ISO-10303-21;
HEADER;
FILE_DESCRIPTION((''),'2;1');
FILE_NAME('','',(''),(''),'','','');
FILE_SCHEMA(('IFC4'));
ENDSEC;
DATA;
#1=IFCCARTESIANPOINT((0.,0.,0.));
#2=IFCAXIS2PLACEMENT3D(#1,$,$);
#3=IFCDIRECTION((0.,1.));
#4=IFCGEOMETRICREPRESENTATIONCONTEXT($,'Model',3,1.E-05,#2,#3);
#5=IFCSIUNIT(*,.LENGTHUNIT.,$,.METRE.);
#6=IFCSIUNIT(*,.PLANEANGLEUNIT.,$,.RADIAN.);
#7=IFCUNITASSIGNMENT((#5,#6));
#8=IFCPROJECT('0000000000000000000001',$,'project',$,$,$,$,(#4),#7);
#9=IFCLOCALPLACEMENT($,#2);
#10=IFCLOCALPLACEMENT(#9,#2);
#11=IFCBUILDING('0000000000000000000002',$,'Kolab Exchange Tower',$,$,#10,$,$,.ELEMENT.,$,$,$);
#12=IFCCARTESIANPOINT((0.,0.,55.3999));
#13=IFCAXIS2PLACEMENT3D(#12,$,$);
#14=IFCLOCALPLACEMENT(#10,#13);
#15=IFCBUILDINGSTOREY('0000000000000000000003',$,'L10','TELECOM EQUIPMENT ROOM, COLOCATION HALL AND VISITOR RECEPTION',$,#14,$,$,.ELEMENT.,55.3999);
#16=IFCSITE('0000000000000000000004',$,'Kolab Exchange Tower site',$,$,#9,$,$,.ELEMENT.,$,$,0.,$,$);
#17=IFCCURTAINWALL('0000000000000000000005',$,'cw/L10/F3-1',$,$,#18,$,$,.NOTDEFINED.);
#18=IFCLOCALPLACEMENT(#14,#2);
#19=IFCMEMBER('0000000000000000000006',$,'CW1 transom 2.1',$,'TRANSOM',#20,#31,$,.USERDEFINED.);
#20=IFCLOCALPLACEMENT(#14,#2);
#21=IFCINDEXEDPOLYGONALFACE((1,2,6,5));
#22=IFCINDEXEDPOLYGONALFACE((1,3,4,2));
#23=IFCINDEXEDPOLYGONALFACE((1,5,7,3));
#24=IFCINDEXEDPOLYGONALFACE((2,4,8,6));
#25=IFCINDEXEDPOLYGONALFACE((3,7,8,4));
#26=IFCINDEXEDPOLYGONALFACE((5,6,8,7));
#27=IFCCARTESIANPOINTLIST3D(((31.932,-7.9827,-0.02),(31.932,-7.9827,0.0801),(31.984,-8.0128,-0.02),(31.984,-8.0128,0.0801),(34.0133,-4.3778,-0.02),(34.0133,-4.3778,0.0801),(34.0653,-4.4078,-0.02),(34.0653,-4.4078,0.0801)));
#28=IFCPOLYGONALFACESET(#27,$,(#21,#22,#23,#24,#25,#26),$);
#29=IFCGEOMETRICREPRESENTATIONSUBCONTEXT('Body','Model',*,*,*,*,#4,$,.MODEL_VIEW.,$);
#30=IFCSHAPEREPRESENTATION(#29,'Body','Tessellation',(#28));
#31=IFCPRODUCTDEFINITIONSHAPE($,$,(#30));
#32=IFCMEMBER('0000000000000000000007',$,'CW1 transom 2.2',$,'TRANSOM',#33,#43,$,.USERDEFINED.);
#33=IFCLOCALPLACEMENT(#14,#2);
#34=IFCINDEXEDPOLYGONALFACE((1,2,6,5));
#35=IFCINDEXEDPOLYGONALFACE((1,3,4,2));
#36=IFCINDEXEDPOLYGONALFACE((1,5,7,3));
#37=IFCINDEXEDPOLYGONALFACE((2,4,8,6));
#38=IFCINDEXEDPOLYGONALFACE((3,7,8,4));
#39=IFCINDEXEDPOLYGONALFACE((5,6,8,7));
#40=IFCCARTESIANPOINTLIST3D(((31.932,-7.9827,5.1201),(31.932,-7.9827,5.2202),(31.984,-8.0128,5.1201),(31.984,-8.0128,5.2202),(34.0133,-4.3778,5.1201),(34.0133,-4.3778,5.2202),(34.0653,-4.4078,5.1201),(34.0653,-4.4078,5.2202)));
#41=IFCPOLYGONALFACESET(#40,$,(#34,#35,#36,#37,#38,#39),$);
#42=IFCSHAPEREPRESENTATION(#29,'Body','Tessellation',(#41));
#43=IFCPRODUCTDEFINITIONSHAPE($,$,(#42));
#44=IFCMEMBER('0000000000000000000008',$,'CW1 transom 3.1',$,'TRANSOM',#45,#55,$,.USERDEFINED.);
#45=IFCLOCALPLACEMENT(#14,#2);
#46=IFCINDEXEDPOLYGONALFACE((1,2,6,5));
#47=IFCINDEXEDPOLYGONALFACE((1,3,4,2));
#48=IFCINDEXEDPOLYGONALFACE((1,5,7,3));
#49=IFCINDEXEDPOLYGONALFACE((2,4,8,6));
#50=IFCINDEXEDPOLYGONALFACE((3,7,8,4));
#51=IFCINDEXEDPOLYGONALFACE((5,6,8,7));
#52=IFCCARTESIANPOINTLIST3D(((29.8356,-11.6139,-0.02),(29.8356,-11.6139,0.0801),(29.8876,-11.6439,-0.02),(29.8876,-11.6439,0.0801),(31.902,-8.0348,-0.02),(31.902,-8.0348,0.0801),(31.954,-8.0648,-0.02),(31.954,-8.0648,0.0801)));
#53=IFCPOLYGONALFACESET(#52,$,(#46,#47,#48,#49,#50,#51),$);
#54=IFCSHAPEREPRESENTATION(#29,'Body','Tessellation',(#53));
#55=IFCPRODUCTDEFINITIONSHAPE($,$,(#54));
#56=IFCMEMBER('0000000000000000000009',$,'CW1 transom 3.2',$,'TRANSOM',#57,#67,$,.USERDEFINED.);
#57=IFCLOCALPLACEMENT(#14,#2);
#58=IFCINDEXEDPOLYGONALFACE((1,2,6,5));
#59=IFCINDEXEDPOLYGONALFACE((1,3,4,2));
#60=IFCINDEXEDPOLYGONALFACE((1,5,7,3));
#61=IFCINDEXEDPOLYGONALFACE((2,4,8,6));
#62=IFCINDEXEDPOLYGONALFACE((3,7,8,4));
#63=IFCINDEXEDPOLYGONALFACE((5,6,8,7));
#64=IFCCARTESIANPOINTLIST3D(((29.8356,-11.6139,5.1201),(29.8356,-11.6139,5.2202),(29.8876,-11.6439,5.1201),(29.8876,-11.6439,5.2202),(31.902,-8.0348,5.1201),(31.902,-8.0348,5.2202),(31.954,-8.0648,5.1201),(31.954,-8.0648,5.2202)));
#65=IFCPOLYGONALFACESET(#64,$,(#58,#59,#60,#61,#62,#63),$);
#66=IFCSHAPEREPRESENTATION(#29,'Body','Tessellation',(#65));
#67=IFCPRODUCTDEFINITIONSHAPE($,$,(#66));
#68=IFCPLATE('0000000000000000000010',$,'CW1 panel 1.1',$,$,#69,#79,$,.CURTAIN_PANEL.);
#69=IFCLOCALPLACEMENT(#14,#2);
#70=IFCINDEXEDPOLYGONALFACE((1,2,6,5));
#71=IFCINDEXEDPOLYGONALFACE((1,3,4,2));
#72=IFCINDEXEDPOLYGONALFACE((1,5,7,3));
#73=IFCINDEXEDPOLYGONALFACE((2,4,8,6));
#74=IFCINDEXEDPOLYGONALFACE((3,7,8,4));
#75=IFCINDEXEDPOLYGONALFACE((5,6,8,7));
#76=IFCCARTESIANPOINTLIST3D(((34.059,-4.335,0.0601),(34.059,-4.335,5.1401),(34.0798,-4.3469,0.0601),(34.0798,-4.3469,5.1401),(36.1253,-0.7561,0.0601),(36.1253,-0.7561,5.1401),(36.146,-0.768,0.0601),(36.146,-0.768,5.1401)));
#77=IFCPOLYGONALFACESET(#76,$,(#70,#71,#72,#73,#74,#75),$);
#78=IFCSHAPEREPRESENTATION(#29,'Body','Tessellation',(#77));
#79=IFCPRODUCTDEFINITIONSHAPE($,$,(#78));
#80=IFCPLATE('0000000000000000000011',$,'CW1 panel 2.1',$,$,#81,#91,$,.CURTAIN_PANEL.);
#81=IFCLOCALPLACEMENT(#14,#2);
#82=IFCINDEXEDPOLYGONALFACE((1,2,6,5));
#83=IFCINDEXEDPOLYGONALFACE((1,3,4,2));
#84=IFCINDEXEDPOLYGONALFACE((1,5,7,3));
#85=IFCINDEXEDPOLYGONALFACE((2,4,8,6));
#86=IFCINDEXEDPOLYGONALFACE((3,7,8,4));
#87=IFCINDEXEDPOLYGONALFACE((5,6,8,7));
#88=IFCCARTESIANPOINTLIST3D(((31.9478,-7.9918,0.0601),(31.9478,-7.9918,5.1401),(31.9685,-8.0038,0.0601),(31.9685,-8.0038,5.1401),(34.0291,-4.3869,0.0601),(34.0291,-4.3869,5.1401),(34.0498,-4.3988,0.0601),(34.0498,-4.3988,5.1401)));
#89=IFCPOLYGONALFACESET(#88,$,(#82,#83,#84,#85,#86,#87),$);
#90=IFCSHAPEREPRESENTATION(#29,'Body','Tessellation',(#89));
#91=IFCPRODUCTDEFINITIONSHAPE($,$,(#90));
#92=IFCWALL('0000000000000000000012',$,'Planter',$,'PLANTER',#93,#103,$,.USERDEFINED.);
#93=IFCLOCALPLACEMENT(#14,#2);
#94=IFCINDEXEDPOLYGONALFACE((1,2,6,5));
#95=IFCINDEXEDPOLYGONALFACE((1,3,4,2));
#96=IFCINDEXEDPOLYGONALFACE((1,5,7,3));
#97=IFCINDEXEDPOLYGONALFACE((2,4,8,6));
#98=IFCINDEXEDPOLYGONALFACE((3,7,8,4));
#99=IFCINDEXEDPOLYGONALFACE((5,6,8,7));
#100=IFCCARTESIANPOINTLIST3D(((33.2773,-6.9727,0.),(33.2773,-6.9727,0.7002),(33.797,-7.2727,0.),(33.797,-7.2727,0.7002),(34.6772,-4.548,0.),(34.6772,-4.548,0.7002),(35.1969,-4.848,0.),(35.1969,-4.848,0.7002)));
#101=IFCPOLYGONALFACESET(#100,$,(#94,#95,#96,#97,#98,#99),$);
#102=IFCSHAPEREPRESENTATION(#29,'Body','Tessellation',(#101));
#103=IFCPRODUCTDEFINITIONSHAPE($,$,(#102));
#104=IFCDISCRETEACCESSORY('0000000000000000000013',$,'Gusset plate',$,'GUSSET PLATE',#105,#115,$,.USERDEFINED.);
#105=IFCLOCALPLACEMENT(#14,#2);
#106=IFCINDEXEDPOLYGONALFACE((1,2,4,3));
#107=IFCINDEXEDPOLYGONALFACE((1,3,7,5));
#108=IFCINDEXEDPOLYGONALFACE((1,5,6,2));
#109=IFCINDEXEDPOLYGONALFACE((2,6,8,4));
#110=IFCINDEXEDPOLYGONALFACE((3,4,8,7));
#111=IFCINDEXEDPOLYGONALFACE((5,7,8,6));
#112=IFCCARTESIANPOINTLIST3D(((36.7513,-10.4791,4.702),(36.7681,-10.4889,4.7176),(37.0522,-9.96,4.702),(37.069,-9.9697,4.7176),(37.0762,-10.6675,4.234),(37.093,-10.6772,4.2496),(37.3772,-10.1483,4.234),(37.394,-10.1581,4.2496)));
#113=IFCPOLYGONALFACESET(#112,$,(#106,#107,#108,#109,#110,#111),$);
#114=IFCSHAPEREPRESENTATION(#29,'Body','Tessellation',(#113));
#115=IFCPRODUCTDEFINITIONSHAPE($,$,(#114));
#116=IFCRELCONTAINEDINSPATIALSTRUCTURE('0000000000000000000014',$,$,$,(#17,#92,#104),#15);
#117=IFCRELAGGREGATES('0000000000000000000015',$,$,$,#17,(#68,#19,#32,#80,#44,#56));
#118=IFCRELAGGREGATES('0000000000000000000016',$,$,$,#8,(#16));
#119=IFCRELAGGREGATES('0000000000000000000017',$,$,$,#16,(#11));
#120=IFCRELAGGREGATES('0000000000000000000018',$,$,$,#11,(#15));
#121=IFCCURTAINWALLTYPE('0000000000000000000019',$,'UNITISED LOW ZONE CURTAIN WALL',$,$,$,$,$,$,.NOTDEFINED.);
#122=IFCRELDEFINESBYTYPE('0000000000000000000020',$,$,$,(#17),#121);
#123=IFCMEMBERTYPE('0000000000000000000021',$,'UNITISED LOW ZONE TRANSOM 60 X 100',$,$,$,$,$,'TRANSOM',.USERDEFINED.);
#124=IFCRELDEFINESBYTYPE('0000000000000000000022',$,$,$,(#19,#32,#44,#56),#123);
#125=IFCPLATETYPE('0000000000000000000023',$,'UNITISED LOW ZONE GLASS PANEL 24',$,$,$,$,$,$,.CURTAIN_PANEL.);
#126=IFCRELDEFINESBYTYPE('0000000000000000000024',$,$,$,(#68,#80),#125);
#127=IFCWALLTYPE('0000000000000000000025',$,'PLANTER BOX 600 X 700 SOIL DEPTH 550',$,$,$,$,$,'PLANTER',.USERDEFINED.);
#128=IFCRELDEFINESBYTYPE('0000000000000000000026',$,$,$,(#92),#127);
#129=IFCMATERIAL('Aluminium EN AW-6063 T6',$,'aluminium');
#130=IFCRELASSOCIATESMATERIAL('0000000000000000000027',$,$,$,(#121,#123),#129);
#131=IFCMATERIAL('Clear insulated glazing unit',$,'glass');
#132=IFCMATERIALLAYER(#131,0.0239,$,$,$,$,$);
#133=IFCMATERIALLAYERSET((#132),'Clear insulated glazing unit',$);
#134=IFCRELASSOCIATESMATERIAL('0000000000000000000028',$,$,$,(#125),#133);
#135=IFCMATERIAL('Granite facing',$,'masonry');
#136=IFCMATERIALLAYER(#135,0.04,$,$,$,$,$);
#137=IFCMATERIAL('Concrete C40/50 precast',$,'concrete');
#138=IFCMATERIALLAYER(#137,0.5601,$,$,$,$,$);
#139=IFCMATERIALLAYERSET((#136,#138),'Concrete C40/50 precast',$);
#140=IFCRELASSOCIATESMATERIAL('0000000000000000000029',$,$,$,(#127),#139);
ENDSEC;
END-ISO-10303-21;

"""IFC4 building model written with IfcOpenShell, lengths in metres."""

from ifc_helpers import new_model, si_unit, direction, frame, frame_2d, origin, origin_2d, place, context, subcontext, project, spatial, rectangle, extrude, material, layer, layer_set, material_profile, profile_set, type_object, element, aggregate, save


model = new_model("IFC4")

# Units and contexts
model_context = context("Model", 3, precision=1e-05, world=origin(), true_north=direction((0.0, 1.0)))
body_context = subcontext(model_context, "Body", "Model", "MODEL_VIEW")
ifc_project = project(units=[si_unit("LENGTHUNIT", "METRE"), si_unit("PLANEANGLEUNIT", "RADIAN")], contexts=[model_context])

# Site, building, storey
site_placement = place(None, origin())
site = spatial("IfcSite", under=ifc_project, at=site_placement, Name="Kolab Exchange Tower site", CompositionType="ELEMENT", RefElevation=0.0)
building_placement = place(site_placement, origin())
building = spatial("IfcBuilding", under=site, at=building_placement, Name="Kolab Exchange Tower", CompositionType="ELEMENT")
storey_placement = place(building_placement, frame((0.0, 0.0, 55.3999)))
storey = spatial("IfcBuildingStorey", under=building, at=storey_placement, Name="L10", Description="TELECOM EQUIPMENT ROOM, COLOCATION HALL AND VISITOR RECEPTION", CompositionType="ELEMENT", Elevation=55.3999)

# Curtain wall
ifc_material_1 = material(Name="Aluminium EN AW-6063 T6", Category="aluminium")
curtain_wall_type = type_object("IfcCurtainWallType", Name="UNITISED LOW ZONE CURTAIN WALL", PredefinedType="NOTDEFINED", material=ifc_material_1)
curtain_wall_1_placement = place(storey_placement, origin())
curtain_wall_1 = element("IfcCurtainWall", 1, at=curtain_wall_1_placement, inside=storey, type_object=curtain_wall_type, Name="cw/L10/F3-1", PredefinedType="NOTDEFINED")

# Members
ifc_material_profile_1 = material_profile(ifc_material_1, rectangle(XDim=0.0601, YDim=0.1001, at=origin_2d()), Name="RECT 60X100")
ifc_profile_set_1 = profile_set([ifc_material_profile_1], Name="Aluminium EN AW-6063 T6")
member_type_1 = type_object("IfcMemberType", Name="UNITISED LOW ZONE TRANSOM 60 X 100", ElementType="TRANSOM", PredefinedType="USERDEFINED", material=ifc_profile_set_1)
member_1_placement = place(storey_placement, frame((34.0393, -4.3928, 0.03), z_axis=(-0.499993, -0.866029, 0.0), x_axis=(0.866029, -0.499993, 0.0)))
member_1 = element("IfcMember", 2, at=member_1_placement, type_object=member_type_1, Name="CW1 transom 2.1", ObjectType="TRANSOM", PredefinedType="USERDEFINED", context=body_context, shape_type="SweptSolid", body=[
    extrude(rectangle(XDim=0.0601, YDim=0.1001, at=origin_2d()), origin(), (0.0, 0.0, 1.0), 4.1626),
])
member_2_placement = place(storey_placement, frame((34.0393, -4.3928, 5.1702), z_axis=(-0.499993, -0.866029, 0.0), x_axis=(0.866029, -0.499993, 0.0)))
member_2 = element("IfcMember", 3, at=member_2_placement, type_object=member_type_1, Name="CW1 transom 2.2", ObjectType="TRANSOM", PredefinedType="USERDEFINED", context=body_context, shape_type="SweptSolid", body=[
    extrude(rectangle(XDim=0.0601, YDim=0.1001, at=origin_2d()), origin(), (0.0, 0.0, 1.0), 4.1626),
])
member_3_placement = place(storey_placement, frame((31.928, -8.0498, 0.03), z_axis=(-0.500002, -0.866024, 0.0), x_axis=(0.866024, -0.500002, 0.0)))
member_3 = element("IfcMember", 4, at=member_3_placement, type_object=member_type_1, Name="CW1 transom 3.1", ObjectType="TRANSOM", PredefinedType="USERDEFINED", context=body_context, shape_type="SweptSolid", body=[
    extrude(rectangle(XDim=0.0601, YDim=0.1001, at=origin_2d()), origin(), (0.0, 0.0, 1.0), 4.1328),
])
member_4_placement = place(storey_placement, frame((31.928, -8.0498, 5.1702), z_axis=(-0.500002, -0.866024, 0.0), x_axis=(0.866024, -0.500002, 0.0)))
member_4 = element("IfcMember", 5, at=member_4_placement, type_object=member_type_1, Name="CW1 transom 3.2", ObjectType="TRANSOM", PredefinedType="USERDEFINED", context=body_context, shape_type="SweptSolid", body=[
    extrude(rectangle(XDim=0.0601, YDim=0.1001, at=origin_2d()), origin(), (0.0, 0.0, 1.0), 4.1328),
])

# Plates
ifc_material_2 = material(Name="Clear insulated glazing unit", Category="glass")
ifc_layer_1 = layer(ifc_material_2, 0.0239)
ifc_layer_set_1 = layer_set([ifc_layer_1], Name="Clear insulated glazing unit")
plate_type = type_object("IfcPlateType", Name="UNITISED LOW ZONE GLASS PANEL 24", PredefinedType="CURTAIN_PANEL", material=ifc_layer_set_1)
plate_1_placement = place(storey_placement, frame((35.1025, -2.5515, 0.0601), z_axis=(0.0, 0.0, 1.0), x_axis=(-0.5, -0.866025, 0.0)))
plate_1 = element("IfcPlate", 6, at=plate_1_placement, type_object=plate_type, Name="CW1 panel 1.1", PredefinedType="CURTAIN_PANEL", context=body_context, shape_type="SweptSolid", body=[
    extrude(rectangle(XDim=4.1326, YDim=0.0239, at=origin_2d()), origin(), (0.0, 0.0, 1.0), 5.0801),
])
plate_2_placement = place(storey_placement, frame((32.9988, -6.1953, 0.0601), z_axis=(0.0, 0.0, 1.0), x_axis=(-0.5, -0.866025, 0.0)))
plate_2 = element("IfcPlate", 7, at=plate_2_placement, type_object=plate_type, Name="CW1 panel 2.1", PredefinedType="CURTAIN_PANEL", context=body_context, shape_type="SweptSolid", body=[
    extrude(rectangle(XDim=4.1626, YDim=0.0239, at=origin_2d()), origin(), (0.0, 0.0, 1.0), 5.0801),
])
aggregate(curtain_wall_1, [plate_1, member_1, member_2, plate_2, member_3, member_4])

# Wall
ifc_material_3 = material(Name="Granite facing", Category="masonry")
ifc_layer_2 = layer(ifc_material_3, 0.04)
ifc_material_4 = material(Name="Concrete C40/50 precast", Category="concrete")
ifc_layer_3 = layer(ifc_material_4, 0.5601)
ifc_layer_set_2 = layer_set([ifc_layer_2, ifc_layer_3], Name="Concrete C40/50 precast")
wall_type = type_object("IfcWallType", Name="PLANTER BOX 600 X 700 SOIL DEPTH 550", ElementType="PLANTER", PredefinedType="USERDEFINED", material=ifc_layer_set_2)
wall_placement = place(storey_placement, frame((34.937, -4.698, 0.0), z_axis=(0.0, 0.0, 1.0), x_axis=(-0.499984, -0.866035, 0.0)))
element("IfcWall", 8, at=wall_placement, inside=storey, type_object=wall_type, Name="Planter", ObjectType="PLANTER", PredefinedType="USERDEFINED", context=body_context, shape_type="SweptSolid", body=[
    extrude(rectangle(XDim=2.7998, YDim=0.6001, at=frame_2d((1.3999, 0.0))), origin(), (0.0, 0.0, 1.0), 0.7002),
])

# Discrete accessory
discrete_accessory_placement = place(storey_placement, frame((37.0642, -10.3137, 4.468), z_axis=(0.674754, -0.391162, 0.625859), x_axis=(0.50153, 0.86514, 0.0)))
element("IfcDiscreteAccessory", 9, at=discrete_accessory_placement, inside=storey, Name="Gusset plate", ObjectType="GUSSET PLATE", PredefinedType="USERDEFINED", context=body_context, shape_type="SweptSolid", body=[
    extrude(rectangle(XDim=0.6001, YDim=0.6001, at=origin_2d()), origin(), (0.0, 0.0, 1.0), 0.0249),
])

save(model, "model.ifc")
